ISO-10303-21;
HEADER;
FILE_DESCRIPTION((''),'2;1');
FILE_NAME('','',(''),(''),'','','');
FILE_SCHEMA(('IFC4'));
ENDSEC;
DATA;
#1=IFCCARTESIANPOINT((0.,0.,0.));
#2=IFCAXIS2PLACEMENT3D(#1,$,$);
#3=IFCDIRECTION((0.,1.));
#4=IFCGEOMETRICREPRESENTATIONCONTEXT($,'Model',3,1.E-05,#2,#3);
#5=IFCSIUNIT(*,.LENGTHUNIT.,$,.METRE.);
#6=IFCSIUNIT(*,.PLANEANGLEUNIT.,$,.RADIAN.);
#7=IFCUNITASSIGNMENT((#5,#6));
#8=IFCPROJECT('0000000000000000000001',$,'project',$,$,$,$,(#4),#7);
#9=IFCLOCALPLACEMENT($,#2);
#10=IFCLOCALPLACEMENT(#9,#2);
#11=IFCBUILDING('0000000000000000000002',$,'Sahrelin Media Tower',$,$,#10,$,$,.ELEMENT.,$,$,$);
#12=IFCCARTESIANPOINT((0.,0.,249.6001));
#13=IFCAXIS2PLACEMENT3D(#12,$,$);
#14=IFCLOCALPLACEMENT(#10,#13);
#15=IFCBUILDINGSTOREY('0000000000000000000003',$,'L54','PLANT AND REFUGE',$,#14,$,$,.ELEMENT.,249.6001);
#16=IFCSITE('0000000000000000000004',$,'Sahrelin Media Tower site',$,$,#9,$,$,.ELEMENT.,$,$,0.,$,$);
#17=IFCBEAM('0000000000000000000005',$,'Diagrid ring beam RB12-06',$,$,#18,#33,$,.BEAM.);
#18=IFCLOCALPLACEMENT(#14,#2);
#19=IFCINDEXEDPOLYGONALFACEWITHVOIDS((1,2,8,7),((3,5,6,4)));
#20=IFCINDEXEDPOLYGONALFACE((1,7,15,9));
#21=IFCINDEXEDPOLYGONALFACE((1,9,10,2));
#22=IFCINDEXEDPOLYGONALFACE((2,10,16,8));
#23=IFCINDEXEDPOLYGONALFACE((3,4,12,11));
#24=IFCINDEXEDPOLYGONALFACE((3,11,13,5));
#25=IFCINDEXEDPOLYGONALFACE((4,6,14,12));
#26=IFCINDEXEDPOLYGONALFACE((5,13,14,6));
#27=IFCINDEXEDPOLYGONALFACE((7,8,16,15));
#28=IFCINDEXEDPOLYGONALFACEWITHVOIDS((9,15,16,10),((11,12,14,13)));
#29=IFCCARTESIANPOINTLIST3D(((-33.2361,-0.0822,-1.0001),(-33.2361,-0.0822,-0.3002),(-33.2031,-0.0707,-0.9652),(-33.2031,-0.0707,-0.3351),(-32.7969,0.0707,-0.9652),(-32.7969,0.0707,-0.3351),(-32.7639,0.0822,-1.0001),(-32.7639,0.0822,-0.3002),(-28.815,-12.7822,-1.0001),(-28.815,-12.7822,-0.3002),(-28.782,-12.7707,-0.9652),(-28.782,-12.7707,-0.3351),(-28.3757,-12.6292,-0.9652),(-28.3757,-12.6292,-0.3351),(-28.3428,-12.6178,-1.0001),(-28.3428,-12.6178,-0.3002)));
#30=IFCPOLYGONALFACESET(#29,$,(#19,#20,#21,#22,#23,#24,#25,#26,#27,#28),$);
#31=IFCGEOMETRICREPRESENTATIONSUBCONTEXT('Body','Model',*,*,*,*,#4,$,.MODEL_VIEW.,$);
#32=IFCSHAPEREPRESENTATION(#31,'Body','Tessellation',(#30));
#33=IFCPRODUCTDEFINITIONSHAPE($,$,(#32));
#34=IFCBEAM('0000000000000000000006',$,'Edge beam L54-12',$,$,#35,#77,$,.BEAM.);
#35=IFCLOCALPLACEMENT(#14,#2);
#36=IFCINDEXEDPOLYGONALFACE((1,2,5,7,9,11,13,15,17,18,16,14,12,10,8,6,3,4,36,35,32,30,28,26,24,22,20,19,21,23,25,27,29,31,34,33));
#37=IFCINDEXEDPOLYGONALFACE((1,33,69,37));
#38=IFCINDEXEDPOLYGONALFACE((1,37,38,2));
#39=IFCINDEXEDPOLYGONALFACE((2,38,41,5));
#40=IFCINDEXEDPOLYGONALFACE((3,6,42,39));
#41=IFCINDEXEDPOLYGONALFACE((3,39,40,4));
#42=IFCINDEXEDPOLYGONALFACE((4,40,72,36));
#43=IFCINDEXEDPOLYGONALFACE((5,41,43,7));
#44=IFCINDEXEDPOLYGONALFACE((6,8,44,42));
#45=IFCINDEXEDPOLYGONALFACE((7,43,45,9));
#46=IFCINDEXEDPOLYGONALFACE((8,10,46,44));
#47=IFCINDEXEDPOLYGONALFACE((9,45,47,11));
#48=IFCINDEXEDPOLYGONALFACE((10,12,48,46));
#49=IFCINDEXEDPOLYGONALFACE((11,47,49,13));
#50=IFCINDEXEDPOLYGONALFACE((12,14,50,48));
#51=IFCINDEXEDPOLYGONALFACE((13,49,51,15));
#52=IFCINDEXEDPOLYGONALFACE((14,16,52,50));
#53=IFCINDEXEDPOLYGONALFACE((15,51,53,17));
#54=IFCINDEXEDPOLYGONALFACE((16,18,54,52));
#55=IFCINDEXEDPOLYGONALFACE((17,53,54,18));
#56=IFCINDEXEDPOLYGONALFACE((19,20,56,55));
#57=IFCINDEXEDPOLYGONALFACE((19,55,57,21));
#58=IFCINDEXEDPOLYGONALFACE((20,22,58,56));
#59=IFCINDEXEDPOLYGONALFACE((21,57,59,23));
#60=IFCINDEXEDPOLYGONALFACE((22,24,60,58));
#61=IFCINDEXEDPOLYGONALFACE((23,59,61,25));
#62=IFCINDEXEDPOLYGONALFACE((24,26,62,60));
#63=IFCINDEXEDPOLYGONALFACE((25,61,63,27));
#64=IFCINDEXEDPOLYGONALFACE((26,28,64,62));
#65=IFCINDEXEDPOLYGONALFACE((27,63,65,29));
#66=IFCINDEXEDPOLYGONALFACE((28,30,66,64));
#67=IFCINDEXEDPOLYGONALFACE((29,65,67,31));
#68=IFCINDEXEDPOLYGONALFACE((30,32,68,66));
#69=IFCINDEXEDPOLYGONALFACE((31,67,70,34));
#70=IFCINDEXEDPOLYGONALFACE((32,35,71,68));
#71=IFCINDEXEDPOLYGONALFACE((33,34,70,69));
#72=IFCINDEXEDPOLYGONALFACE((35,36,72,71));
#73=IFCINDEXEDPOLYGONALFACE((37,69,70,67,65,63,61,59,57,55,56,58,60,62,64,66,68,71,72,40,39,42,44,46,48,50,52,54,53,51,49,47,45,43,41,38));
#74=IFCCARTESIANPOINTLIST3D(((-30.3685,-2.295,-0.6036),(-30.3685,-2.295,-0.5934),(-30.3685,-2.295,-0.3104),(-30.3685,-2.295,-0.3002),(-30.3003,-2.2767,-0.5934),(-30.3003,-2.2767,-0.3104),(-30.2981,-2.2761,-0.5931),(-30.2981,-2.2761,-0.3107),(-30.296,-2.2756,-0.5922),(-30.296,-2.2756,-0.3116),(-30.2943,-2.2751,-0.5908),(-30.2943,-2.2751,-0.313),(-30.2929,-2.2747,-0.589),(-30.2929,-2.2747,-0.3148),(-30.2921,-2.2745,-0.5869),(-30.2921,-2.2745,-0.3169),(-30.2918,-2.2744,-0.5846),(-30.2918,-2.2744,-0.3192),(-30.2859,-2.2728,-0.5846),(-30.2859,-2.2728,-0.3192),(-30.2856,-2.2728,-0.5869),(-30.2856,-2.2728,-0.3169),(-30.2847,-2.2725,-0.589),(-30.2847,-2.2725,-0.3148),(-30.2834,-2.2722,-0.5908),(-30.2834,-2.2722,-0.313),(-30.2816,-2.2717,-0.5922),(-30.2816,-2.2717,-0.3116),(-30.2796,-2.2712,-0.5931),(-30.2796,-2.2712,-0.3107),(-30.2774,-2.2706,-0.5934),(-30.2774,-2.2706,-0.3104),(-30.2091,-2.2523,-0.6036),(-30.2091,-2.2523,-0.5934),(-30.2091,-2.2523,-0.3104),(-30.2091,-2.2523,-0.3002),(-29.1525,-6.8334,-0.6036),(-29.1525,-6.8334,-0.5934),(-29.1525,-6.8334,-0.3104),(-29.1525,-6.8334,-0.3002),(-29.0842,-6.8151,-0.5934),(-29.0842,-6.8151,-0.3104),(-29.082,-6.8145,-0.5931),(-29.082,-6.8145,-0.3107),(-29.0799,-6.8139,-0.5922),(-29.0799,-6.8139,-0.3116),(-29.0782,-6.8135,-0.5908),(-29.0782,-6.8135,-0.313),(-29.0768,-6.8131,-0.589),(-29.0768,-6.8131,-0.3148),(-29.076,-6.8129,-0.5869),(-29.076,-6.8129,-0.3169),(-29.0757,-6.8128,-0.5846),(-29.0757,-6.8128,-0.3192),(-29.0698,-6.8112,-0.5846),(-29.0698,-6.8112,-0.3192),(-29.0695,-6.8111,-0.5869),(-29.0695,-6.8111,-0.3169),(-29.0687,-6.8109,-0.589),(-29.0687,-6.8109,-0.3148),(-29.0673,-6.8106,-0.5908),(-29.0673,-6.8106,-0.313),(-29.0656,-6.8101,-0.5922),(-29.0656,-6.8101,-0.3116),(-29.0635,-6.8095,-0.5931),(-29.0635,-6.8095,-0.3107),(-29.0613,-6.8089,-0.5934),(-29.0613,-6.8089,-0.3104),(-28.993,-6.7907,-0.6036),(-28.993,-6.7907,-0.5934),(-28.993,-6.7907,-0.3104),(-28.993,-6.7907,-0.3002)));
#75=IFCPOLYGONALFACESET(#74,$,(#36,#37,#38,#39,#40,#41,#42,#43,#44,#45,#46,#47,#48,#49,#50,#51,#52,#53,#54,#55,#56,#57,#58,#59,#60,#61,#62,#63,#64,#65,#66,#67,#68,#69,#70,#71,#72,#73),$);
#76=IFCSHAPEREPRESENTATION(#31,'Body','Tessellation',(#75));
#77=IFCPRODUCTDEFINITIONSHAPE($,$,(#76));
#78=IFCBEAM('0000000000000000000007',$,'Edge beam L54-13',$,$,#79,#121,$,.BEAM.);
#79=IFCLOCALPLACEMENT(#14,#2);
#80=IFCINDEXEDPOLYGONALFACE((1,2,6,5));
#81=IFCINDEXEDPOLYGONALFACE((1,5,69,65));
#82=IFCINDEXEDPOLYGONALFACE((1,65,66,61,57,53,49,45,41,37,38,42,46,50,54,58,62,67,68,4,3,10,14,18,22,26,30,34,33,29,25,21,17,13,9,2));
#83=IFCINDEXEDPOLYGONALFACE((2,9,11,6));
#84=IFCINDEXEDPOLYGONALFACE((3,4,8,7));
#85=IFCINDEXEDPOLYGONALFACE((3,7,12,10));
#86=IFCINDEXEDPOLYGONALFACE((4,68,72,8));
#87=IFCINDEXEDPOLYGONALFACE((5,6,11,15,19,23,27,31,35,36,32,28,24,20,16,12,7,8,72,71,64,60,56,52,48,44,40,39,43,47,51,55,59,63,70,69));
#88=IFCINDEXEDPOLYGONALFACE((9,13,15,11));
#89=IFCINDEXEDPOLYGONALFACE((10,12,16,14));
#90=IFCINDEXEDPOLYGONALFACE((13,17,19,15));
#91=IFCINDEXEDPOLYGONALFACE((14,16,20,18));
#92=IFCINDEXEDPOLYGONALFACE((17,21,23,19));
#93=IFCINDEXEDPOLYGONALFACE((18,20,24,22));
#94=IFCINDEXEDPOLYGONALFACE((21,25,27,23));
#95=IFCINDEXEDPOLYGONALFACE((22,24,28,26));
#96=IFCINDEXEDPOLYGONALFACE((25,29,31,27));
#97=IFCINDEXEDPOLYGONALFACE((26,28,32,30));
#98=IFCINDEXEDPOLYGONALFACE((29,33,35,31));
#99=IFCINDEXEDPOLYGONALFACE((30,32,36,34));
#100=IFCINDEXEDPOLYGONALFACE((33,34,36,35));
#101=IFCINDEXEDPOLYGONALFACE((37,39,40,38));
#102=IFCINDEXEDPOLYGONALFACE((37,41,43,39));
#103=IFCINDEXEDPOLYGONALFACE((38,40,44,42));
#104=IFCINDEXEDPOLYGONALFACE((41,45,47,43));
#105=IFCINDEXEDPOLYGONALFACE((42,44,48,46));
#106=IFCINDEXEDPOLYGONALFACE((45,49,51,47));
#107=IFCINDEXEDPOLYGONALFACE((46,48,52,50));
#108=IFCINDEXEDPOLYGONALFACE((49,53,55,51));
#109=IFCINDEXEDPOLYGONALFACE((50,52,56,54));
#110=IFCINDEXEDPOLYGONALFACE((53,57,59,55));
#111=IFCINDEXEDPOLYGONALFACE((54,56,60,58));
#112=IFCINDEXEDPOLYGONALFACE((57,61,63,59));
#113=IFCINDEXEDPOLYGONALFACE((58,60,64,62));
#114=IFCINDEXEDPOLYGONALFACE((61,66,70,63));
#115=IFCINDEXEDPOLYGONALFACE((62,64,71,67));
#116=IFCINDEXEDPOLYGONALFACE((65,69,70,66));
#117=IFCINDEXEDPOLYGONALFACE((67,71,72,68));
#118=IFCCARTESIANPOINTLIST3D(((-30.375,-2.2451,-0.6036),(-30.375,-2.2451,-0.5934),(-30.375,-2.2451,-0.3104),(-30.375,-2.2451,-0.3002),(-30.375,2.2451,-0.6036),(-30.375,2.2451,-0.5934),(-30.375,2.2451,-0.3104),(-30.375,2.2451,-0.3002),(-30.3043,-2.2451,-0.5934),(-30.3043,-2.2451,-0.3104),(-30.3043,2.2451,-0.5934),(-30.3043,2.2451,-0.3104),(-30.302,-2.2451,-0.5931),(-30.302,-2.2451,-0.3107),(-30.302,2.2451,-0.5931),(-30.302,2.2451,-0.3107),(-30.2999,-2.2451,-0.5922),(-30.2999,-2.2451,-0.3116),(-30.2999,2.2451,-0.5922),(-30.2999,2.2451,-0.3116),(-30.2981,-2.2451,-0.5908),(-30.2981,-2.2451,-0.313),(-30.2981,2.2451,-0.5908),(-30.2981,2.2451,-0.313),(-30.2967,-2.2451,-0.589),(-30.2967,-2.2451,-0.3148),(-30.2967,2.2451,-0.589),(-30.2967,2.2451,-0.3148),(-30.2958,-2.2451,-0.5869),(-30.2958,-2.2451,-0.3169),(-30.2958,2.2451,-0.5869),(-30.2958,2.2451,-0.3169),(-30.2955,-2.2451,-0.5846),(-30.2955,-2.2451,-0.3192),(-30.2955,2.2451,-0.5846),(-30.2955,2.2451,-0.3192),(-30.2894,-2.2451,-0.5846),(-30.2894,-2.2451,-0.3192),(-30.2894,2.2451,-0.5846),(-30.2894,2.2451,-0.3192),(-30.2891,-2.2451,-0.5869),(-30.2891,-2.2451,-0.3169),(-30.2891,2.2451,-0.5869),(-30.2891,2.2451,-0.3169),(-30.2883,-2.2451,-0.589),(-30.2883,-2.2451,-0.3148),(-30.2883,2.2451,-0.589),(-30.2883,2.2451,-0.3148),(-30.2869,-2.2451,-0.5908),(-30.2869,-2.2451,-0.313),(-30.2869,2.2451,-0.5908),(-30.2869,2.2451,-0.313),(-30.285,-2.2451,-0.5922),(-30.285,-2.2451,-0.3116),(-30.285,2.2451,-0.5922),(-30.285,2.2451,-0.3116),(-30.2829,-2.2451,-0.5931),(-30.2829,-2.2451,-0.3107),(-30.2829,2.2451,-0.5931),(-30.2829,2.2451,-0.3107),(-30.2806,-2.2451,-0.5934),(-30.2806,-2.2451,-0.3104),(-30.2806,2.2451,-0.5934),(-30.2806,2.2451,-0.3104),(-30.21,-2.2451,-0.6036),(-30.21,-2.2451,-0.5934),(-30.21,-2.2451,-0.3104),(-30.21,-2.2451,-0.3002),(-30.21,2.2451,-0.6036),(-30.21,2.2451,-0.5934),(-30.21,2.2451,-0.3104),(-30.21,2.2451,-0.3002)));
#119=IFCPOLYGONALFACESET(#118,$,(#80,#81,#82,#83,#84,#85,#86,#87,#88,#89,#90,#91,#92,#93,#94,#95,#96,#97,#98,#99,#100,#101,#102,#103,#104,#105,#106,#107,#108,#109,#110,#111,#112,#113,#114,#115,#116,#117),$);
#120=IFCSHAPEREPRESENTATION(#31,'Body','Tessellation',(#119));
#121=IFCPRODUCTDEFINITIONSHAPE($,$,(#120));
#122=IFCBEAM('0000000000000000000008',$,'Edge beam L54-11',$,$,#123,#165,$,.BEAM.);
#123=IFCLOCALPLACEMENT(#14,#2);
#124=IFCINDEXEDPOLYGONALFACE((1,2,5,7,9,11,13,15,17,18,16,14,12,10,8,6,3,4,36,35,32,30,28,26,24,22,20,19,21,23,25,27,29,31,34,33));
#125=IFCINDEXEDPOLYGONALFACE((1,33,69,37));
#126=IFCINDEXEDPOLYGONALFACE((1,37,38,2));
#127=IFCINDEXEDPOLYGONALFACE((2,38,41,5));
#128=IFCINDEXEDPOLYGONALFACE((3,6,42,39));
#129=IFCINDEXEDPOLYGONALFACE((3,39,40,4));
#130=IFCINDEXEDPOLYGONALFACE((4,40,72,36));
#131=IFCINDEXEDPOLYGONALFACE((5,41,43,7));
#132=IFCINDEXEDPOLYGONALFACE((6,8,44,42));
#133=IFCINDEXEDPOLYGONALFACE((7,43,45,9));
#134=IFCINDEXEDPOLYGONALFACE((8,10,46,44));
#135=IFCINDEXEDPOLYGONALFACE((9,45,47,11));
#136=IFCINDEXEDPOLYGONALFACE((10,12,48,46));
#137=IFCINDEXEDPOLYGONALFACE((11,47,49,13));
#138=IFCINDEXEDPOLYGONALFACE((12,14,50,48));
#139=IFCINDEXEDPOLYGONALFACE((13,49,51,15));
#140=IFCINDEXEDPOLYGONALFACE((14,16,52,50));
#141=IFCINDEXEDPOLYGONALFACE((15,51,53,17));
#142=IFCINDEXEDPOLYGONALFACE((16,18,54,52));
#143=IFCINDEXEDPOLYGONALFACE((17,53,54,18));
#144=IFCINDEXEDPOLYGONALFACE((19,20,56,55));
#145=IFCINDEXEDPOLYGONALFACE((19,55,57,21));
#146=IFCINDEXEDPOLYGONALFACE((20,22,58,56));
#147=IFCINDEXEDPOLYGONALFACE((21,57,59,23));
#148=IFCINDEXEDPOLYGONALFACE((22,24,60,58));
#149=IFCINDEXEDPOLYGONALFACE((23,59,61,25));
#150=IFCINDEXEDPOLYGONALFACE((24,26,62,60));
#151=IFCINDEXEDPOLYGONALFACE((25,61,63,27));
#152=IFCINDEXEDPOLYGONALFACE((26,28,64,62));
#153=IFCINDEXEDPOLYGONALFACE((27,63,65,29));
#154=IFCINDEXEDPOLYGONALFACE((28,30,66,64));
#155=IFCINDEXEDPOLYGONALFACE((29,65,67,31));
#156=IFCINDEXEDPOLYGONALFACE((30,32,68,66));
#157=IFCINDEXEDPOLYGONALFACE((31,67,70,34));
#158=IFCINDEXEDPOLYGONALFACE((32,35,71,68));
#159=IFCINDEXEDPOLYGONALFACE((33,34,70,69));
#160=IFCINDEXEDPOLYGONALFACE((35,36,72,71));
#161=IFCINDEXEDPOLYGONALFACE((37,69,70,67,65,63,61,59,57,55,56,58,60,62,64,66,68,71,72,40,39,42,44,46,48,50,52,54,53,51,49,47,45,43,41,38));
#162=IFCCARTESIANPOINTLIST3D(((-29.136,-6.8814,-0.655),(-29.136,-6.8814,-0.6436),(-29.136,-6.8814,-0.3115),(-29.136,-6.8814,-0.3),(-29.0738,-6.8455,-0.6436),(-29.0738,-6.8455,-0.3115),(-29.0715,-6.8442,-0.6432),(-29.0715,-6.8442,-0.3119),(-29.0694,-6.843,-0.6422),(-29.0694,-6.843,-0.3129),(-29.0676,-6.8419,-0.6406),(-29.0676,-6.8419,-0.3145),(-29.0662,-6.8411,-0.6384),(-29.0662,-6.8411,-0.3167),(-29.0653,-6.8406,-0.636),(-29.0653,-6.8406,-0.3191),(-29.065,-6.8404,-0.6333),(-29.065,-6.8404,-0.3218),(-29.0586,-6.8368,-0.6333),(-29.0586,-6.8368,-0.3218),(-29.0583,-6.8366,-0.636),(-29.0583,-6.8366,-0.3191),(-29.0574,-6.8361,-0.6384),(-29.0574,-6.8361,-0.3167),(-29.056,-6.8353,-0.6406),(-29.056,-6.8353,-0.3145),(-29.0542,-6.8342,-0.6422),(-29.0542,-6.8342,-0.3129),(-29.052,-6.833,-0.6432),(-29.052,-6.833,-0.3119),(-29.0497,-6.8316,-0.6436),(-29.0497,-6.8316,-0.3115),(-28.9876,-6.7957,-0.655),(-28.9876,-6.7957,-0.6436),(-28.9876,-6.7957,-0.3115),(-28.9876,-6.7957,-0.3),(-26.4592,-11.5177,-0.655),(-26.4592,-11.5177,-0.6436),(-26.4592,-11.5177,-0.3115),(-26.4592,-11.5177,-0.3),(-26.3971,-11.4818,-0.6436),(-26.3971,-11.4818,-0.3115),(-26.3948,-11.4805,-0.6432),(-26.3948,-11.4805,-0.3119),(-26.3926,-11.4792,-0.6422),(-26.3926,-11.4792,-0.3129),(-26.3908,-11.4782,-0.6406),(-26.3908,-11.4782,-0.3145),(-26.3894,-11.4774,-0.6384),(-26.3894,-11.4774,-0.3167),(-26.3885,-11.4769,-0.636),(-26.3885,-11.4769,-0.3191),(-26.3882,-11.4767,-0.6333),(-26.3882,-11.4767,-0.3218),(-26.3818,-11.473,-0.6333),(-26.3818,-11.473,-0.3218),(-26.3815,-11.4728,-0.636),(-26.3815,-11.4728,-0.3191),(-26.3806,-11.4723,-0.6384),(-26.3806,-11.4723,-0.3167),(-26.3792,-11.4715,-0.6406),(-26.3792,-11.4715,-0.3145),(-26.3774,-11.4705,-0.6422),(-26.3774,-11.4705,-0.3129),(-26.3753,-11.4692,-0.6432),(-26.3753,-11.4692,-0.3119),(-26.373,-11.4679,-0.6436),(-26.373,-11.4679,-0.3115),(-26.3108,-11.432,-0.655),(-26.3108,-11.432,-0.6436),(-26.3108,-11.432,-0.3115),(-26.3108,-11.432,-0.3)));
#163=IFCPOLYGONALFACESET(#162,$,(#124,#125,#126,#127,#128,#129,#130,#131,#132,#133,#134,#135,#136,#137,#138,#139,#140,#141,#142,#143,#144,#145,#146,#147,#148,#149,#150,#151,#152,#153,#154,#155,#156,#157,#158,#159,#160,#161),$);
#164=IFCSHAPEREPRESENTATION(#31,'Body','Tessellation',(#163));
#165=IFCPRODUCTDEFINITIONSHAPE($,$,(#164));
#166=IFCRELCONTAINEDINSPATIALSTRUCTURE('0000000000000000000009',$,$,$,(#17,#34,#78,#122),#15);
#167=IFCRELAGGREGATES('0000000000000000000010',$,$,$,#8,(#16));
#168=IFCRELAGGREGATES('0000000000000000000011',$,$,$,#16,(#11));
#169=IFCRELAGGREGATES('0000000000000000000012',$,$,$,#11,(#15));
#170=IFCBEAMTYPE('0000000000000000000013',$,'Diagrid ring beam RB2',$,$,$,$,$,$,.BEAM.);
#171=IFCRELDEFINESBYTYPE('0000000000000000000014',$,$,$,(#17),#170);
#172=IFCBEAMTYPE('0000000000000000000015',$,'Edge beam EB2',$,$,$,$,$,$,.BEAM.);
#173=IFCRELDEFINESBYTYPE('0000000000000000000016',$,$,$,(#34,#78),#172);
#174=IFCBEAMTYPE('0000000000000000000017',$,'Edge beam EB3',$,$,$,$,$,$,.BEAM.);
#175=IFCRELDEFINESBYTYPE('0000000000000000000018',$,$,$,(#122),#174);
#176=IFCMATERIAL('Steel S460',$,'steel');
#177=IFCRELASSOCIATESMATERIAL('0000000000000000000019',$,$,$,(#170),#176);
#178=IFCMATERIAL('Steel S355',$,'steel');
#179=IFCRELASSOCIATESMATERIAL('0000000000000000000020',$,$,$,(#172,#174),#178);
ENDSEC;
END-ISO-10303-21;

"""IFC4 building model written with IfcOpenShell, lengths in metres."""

from ifc_helpers import new_model, si_unit, direction, frame, origin, origin_2d, place, context, subcontext, project, spatial, hollow_rectangle, i_section, extrude, material, material_profile, profile_set, type_object, element, save


model = new_model("IFC4")

# Units and contexts
model_context = context("Model", 3, precision=1e-05, world=origin(), true_north=direction((0.0, 1.0)))
body_context = subcontext(model_context, "Body", "Model", "MODEL_VIEW")
ifc_project = project(units=[si_unit("LENGTHUNIT", "METRE"), si_unit("PLANEANGLEUNIT", "RADIAN")], contexts=[model_context])

# Site, building, storey
site_placement = place(None, origin())
site = spatial("IfcSite", under=ifc_project, at=site_placement, Name="Sahrelin Media Tower site", CompositionType="ELEMENT", RefElevation=0.0)
building_placement = place(site_placement, origin())
building = spatial("IfcBuilding", under=site, at=building_placement, Name="Sahrelin Media Tower", CompositionType="ELEMENT")
storey_placement = place(building_placement, frame((0.0, 0.0, 249.6001)))
storey = spatial("IfcBuildingStorey", under=building, at=storey_placement, Name="L54", Description="PLANT AND REFUGE", CompositionType="ELEMENT", Elevation=249.6001)

# Shared definitions
ifc_material_1 = material(Name="Steel S460", Category="steel")

# Beams
ifc_material_profile_1 = material_profile(ifc_material_1, hollow_rectangle(XDim=0.5, YDim=0.7, WallThickness=0.0349, at=origin_2d()), Name="Diagrid ring beam RB2")
ifc_profile_set_1 = profile_set([ifc_material_profile_1], Name="Steel S460")
beam_type_1 = type_object("IfcBeamType", Name="Diagrid ring beam RB2", PredefinedType="BEAM", material=ifc_profile_set_1)
beam_1_placement = place(storey_placement, frame((-33.0, 0.0, -0.6501), z_axis=(0.328771, -0.94441, 0.0), x_axis=(0.94441, 0.328771, 0.0)))
element("IfcBeam", 1, at=beam_1_placement, inside=storey, type_object=beam_type_1, Name="Diagrid ring beam RB12-06", PredefinedType="BEAM", context=body_context, shape_type="SweptSolid", body=[
    extrude(hollow_rectangle(XDim=0.5, YDim=0.7, WallThickness=0.0349, at=origin_2d()), origin(), (0.0, 0.0, 1.0), 13.4475),
])
ifc_material_2 = material(Name="Steel S355", Category="steel")
ifc_material_profile_2 = material_profile(ifc_material_2, i_section(OverallWidth=0.165, OverallDepth=0.3035, WebThickness=0.0061, FlangeThickness=0.0103, FilletRadius=0.0088, at=origin_2d()), Name="UB 305x165x40")
ifc_profile_set_2 = profile_set([ifc_material_profile_2], Name="Steel S355")
beam_type_2 = type_object("IfcBeamType", Name="Edge beam EB2", PredefinedType="BEAM", material=ifc_profile_set_2)
beam_2_placement = place(storey_placement, frame((-29.0728, -6.812, -0.4519), z_axis=(-0.258824, 0.965925, 0.0), x_axis=(-0.965925, -0.258824, 0.0)))
element("IfcBeam", 2, at=beam_2_placement, inside=storey, type_object=beam_type_2, Name="Edge beam L54-12", PredefinedType="BEAM", context=body_context, shape_type="SweptSolid", body=[
    extrude(i_section(OverallWidth=0.165, OverallDepth=0.3035, WebThickness=0.0061, FlangeThickness=0.0103, FilletRadius=0.0088, at=origin_2d()), origin(), (0.0, 0.0, 1.0), 4.6985),
])
beam_3_placement = place(storey_placement, frame((-30.2925, -2.2451, -0.4519), z_axis=(0.0, 1.0, 0.0), x_axis=(-1.0, 0.0, 0.0)))
element("IfcBeam", 3, at=beam_3_placement, inside=storey, type_object=beam_type_2, Name="Edge beam L54-13", PredefinedType="BEAM", context=body_context, shape_type="SweptSolid", body=[
    extrude(i_section(OverallWidth=0.165, OverallDepth=0.3035, WebThickness=0.0061, FlangeThickness=0.0103, FilletRadius=0.0088, at=origin_2d()), origin(), (0.0, 0.0, 1.0), 4.4902),
])
ifc_material_profile_3 = material_profile(ifc_material_2, i_section(OverallWidth=0.1714, OverallDepth=0.355, WebThickness=0.0073, FlangeThickness=0.0115, FilletRadius=0.0103, at=origin_2d()), Name="UB 356x171x51")
ifc_profile_set_3 = profile_set([ifc_material_profile_3], Name="Steel S355")
beam_type_3 = type_object("IfcBeamType", Name="Edge beam EB3", PredefinedType="BEAM", material=ifc_profile_set_3)
beam_4_placement = place(storey_placement, frame((-26.385, -11.4749, -0.4775), z_axis=(-0.500004, 0.866023, 0.0), x_axis=(-0.866023, -0.500004, 0.0)))
element("IfcBeam", 4, at=beam_4_placement, inside=storey, type_object=beam_type_3, Name="Edge beam L54-11", PredefinedType="BEAM", context=body_context, shape_type="SweptSolid", body=[
    extrude(i_section(OverallWidth=0.1714, OverallDepth=0.355, WebThickness=0.0073, FlangeThickness=0.0115, FilletRadius=0.0103, at=origin_2d()), origin(), (0.0, 0.0, 1.0), 5.3535),
])

save(model, "model.ifc")
